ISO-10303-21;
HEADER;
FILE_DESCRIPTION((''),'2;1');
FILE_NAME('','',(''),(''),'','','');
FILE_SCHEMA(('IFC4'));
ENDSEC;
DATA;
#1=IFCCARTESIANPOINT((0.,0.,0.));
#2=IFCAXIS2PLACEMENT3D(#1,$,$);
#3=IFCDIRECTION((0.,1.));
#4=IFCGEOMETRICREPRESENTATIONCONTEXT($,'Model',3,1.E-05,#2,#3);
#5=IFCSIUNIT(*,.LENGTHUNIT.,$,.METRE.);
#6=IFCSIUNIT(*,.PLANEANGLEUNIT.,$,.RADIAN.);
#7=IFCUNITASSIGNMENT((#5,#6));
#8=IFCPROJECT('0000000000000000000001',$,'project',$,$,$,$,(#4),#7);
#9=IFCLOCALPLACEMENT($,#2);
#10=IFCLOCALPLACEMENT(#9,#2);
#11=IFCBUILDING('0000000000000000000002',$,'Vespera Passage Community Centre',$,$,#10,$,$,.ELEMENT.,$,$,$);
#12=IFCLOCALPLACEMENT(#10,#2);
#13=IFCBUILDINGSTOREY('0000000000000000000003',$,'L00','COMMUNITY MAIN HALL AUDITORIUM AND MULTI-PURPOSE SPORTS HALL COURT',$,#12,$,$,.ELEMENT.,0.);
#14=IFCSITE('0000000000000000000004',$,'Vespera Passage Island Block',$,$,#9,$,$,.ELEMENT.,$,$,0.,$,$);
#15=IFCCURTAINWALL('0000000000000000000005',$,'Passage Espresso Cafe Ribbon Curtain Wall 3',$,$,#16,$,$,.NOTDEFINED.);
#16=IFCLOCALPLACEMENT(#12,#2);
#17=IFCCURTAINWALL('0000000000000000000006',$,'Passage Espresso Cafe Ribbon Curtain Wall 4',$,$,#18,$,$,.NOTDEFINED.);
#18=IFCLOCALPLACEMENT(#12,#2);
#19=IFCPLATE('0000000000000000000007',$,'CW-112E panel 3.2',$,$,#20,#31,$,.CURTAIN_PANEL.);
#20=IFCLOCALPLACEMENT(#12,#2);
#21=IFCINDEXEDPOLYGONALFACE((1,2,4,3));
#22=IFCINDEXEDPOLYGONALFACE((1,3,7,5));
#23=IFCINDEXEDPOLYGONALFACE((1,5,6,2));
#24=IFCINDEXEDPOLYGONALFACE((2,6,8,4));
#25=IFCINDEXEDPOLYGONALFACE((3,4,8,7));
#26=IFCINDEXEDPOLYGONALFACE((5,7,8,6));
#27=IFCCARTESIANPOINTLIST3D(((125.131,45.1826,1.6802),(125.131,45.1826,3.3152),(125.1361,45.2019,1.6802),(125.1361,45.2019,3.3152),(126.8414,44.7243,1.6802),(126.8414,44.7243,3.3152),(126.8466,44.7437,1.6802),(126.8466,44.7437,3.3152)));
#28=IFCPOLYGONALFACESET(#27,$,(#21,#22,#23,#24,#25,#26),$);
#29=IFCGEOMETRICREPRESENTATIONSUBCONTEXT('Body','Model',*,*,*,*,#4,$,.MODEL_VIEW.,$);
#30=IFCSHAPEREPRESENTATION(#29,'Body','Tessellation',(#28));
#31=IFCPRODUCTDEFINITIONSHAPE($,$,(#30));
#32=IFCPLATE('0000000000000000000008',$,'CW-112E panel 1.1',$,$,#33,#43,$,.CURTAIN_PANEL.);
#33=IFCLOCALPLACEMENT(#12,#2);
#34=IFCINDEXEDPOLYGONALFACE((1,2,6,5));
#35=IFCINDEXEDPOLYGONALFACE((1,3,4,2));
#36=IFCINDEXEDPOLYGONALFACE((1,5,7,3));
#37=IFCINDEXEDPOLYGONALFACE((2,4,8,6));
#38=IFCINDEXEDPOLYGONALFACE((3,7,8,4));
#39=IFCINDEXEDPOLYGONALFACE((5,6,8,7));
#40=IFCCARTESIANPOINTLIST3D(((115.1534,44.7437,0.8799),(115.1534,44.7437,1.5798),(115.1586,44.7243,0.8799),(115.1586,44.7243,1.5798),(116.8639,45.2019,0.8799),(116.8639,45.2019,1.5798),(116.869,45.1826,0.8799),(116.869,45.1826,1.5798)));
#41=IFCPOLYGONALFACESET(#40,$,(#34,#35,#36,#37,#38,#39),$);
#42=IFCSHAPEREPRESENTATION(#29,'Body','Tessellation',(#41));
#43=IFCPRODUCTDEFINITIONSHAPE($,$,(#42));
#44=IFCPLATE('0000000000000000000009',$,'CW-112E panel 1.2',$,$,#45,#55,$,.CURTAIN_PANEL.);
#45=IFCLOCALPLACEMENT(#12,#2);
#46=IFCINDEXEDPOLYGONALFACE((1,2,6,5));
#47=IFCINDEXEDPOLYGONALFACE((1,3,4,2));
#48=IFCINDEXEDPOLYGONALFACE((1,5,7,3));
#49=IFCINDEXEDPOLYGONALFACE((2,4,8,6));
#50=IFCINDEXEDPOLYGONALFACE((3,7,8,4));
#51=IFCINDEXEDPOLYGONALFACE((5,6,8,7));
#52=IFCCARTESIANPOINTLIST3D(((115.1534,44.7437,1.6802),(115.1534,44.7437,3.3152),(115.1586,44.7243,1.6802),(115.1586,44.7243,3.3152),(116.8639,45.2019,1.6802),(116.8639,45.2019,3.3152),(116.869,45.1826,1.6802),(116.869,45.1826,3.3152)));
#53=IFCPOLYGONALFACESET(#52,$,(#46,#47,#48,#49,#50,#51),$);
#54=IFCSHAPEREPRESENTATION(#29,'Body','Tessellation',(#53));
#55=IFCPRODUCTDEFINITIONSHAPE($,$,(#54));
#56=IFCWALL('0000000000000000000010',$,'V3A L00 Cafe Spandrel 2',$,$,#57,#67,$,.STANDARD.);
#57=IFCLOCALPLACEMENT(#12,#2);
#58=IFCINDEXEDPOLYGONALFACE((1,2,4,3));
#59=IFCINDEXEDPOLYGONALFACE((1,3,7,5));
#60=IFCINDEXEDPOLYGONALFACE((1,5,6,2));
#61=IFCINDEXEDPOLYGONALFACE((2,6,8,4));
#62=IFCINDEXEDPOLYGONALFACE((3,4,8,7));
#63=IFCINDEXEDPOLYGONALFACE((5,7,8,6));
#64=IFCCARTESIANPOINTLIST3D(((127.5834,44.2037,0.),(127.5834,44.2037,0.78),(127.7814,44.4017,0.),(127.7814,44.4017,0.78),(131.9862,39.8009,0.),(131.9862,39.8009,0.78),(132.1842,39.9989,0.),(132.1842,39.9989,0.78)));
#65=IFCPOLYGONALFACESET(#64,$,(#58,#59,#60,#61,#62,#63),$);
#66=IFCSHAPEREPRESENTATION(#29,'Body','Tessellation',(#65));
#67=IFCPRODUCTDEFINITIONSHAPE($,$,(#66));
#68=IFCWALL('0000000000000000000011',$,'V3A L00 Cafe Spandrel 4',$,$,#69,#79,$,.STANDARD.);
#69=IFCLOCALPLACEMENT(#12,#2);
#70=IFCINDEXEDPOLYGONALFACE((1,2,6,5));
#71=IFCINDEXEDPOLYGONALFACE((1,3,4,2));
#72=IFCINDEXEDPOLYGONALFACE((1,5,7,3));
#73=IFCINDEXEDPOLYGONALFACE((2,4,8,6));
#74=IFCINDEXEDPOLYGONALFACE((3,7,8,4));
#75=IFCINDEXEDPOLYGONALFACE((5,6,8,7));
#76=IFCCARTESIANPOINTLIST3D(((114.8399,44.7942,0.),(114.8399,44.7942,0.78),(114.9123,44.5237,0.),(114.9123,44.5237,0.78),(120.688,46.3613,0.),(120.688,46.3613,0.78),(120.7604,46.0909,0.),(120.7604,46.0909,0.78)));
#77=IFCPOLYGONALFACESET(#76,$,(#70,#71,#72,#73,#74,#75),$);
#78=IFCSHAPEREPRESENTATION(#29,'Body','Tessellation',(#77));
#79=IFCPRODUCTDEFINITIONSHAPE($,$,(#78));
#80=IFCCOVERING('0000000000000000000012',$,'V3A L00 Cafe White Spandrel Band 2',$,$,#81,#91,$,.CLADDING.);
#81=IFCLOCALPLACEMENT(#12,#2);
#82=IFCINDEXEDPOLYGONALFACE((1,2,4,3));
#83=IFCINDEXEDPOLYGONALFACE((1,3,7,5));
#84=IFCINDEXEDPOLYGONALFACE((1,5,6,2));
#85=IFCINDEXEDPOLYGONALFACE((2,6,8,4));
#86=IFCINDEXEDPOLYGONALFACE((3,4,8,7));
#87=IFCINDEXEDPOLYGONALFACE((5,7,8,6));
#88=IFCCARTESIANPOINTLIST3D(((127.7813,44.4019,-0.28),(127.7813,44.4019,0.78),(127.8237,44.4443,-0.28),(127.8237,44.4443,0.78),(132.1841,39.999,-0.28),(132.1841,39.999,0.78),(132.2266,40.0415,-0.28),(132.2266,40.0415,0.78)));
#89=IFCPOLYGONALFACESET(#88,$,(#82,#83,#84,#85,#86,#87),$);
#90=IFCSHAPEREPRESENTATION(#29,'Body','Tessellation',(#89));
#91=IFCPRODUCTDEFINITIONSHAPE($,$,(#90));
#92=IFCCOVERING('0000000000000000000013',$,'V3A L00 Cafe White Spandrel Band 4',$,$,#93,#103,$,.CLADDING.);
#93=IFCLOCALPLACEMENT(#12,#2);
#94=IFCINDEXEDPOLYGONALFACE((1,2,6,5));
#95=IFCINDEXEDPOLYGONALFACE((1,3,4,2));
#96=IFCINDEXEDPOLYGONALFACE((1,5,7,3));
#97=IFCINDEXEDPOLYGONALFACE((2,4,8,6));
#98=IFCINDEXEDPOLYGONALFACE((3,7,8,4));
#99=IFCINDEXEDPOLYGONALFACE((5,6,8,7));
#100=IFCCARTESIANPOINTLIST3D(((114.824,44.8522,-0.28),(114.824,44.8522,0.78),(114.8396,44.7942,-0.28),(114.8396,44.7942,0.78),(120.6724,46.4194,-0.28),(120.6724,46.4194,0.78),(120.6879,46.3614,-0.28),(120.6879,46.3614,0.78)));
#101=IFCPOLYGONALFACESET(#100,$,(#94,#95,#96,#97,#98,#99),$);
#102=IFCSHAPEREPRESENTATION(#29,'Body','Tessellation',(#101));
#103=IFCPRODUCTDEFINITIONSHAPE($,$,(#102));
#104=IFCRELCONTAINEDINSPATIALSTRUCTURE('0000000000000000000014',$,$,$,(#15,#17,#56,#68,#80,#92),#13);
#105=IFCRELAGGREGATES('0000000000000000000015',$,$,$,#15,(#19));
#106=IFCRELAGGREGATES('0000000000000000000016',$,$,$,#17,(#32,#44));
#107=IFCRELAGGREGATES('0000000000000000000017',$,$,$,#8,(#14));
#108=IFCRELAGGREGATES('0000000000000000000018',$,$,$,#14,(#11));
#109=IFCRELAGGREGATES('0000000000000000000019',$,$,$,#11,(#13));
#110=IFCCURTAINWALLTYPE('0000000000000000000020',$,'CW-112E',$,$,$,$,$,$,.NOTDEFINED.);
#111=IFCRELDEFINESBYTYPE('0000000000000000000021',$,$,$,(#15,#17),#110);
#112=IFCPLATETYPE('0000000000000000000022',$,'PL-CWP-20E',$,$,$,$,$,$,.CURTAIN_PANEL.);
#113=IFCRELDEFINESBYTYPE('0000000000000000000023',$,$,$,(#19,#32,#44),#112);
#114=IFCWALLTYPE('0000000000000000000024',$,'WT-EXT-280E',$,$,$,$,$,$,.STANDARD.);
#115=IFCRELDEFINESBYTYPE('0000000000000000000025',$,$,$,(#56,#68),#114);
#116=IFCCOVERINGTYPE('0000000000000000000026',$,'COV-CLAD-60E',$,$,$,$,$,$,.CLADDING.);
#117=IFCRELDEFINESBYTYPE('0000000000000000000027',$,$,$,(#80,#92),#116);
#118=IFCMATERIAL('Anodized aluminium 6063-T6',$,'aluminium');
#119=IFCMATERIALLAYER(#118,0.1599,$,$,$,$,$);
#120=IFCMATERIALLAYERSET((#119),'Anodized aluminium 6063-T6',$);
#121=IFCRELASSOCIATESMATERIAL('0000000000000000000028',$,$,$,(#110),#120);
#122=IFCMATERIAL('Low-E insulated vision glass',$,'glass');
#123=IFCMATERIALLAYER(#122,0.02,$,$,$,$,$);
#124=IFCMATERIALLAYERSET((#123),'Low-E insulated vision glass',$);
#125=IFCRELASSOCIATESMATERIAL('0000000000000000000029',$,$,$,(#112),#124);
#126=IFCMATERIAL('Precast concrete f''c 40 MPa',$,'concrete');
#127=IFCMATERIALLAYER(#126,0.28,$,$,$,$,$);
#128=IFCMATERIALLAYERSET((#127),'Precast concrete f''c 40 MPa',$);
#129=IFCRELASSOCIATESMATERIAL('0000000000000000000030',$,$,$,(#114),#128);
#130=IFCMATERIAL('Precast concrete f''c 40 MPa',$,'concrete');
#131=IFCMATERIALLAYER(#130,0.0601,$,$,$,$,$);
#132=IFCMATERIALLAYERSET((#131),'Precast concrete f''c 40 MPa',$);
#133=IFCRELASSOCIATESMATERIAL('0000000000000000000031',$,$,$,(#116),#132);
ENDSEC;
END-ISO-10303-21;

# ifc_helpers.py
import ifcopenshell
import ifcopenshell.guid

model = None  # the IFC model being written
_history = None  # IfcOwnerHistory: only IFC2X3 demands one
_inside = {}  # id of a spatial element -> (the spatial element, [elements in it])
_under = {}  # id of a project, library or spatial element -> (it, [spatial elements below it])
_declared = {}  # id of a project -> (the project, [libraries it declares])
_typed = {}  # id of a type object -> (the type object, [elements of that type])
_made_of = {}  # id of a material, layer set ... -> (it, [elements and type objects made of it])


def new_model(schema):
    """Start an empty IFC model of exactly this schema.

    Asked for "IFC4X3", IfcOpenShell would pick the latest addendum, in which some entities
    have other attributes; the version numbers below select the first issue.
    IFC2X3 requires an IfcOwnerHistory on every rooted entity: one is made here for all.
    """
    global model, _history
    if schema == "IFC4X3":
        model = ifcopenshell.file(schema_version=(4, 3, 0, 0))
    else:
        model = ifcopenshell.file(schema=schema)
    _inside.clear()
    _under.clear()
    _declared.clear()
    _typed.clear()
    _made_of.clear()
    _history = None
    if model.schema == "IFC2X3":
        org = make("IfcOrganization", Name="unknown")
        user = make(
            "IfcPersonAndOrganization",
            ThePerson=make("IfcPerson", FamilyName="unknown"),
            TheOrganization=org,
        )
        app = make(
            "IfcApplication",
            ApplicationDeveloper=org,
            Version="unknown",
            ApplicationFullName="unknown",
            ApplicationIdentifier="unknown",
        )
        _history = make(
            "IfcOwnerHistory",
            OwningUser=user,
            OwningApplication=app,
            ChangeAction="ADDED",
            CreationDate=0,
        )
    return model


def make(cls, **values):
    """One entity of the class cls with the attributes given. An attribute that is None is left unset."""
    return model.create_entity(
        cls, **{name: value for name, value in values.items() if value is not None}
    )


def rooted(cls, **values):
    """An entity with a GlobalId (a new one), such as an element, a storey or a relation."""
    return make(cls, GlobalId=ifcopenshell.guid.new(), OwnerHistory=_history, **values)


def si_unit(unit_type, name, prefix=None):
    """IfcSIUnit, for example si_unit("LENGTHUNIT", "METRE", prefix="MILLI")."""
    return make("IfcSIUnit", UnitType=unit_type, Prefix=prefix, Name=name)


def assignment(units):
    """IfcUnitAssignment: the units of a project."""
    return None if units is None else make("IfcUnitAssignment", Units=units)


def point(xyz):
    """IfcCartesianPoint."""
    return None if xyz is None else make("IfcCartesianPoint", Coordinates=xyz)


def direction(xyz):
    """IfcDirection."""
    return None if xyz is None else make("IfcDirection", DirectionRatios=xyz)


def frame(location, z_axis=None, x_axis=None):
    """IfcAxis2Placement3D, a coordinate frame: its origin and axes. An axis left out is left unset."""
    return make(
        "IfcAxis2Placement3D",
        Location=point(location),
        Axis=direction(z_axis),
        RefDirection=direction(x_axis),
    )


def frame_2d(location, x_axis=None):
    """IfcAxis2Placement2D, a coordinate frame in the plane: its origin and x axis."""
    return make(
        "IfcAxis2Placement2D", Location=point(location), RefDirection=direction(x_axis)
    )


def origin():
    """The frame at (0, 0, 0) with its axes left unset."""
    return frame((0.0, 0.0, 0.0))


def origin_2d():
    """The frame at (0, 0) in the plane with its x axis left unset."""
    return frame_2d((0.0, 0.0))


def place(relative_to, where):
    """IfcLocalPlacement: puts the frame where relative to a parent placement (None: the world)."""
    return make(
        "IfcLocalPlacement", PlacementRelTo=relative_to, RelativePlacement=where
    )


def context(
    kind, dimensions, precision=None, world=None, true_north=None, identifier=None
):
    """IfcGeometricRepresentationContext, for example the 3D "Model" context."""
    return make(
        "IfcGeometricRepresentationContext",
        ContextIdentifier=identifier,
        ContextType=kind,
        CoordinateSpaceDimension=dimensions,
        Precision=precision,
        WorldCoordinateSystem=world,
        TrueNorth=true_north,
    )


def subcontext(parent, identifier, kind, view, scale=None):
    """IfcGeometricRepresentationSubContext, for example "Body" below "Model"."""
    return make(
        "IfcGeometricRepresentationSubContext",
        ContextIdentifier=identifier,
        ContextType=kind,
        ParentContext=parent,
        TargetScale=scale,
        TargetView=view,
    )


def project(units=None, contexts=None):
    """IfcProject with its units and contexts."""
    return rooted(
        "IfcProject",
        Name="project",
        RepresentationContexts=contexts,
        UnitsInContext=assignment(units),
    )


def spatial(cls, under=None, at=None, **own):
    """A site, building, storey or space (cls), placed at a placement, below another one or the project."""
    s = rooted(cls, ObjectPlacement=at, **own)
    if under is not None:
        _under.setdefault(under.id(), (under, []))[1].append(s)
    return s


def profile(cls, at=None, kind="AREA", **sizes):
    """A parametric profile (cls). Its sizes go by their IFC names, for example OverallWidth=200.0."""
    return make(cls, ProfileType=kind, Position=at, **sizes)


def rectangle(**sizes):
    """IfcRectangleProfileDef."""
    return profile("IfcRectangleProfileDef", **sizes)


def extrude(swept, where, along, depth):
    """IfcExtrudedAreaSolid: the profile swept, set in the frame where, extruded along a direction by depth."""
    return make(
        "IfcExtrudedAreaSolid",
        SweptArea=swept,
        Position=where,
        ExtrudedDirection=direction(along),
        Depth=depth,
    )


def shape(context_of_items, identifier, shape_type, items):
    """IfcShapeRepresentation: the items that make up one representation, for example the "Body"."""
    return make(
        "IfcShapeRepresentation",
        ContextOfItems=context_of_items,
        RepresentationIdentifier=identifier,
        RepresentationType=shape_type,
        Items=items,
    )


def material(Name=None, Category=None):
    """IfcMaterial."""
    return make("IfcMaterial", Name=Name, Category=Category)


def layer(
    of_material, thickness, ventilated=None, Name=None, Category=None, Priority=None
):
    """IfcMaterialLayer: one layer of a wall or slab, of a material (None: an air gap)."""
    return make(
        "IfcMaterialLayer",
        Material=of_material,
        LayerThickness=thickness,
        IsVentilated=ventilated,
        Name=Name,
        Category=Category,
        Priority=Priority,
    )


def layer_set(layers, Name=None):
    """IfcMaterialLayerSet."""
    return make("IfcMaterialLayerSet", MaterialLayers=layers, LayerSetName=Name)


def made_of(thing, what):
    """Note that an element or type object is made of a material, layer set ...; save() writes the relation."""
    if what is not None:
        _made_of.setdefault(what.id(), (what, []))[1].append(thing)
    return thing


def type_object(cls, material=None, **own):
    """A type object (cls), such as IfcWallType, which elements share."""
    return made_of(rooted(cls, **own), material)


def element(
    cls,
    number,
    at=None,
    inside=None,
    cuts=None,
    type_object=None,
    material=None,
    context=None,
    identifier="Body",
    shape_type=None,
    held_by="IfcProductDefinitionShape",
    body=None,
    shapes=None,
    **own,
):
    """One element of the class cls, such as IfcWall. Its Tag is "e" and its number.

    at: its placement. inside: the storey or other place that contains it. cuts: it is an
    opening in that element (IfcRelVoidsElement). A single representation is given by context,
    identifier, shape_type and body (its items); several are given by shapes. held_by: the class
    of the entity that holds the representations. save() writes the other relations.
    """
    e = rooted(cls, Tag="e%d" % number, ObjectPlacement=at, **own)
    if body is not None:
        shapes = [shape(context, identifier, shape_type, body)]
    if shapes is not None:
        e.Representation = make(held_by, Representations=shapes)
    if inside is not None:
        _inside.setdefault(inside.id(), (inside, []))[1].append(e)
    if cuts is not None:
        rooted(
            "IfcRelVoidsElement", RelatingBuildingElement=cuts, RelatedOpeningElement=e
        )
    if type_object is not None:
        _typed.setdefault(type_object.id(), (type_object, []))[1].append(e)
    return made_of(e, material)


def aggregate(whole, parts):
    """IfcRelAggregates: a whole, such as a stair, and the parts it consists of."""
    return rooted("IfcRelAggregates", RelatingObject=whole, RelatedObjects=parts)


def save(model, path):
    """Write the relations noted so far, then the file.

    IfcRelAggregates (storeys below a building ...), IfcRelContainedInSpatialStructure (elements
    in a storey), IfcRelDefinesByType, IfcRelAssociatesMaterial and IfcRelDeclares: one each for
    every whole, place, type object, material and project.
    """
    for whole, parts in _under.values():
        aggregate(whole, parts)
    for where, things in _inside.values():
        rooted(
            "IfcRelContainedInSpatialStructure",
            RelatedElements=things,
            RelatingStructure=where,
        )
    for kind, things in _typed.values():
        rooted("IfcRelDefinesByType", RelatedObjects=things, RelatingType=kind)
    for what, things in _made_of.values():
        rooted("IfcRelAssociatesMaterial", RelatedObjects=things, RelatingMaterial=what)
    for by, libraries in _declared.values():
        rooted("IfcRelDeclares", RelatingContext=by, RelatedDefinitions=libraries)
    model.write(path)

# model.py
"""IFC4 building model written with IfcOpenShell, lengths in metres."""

from ifc_helpers import new_model, si_unit, direction, frame, frame_2d, origin, origin_2d, place, context, subcontext, project, spatial, rectangle, extrude, material, layer, layer_set, type_object, element, aggregate, save


model = new_model("IFC4")

# Units and contexts
model_context = context("Model", 3, precision=1e-05, world=origin(), true_north=direction((0.0, 1.0)))
body_context = subcontext(model_context, "Body", "Model", "MODEL_VIEW")
ifc_project = project(units=[si_unit("LENGTHUNIT", "METRE"), si_unit("PLANEANGLEUNIT", "RADIAN")], contexts=[model_context])

# Site, building, storey
site_placement = place(None, origin())
site = spatial("IfcSite", under=ifc_project, at=site_placement, Name="Vespera Passage Island Block", CompositionType="ELEMENT", RefElevation=0.0)
building_placement = place(site_placement, origin())
building = spatial("IfcBuilding", under=site, at=building_placement, Name="Vespera Passage Community Centre", CompositionType="ELEMENT")
storey_placement = place(building_placement, origin())
storey = spatial("IfcBuildingStorey", under=building, at=storey_placement, Name="L00", Description="COMMUNITY MAIN HALL AUDITORIUM AND MULTI-PURPOSE SPORTS HALL COURT", CompositionType="ELEMENT", Elevation=0.0)

# Curtain walls
ifc_material_1 = material(Name="Anodized aluminium 6063-T6", Category="aluminium")
ifc_layer_1 = layer(ifc_material_1, 0.1599)
ifc_layer_set_1 = layer_set([ifc_layer_1], Name="Anodized aluminium 6063-T6")
curtain_wall_type_1 = type_object("IfcCurtainWallType", Name="CW-112E", PredefinedType="NOTDEFINED", material=ifc_layer_set_1)
curtain_wall_1_placement = place(storey_placement, origin())
curtain_wall_1 = element("IfcCurtainWall", 1, at=curtain_wall_1_placement, inside=storey, type_object=curtain_wall_type_1, Name="Passage Espresso Cafe Ribbon Curtain Wall 3", PredefinedType="NOTDEFINED")
curtain_wall_2_placement = place(storey_placement, origin())
curtain_wall_2 = element("IfcCurtainWall", 2, at=curtain_wall_2_placement, inside=storey, type_object=curtain_wall_type_1, Name="Passage Espresso Cafe Ribbon Curtain Wall 4", PredefinedType="NOTDEFINED")

# Plates
ifc_material_2 = material(Name="Low-E insulated vision glass", Category="glass")
ifc_layer_2 = layer(ifc_material_2, 0.02)
ifc_layer_set_2 = layer_set([ifc_layer_2], Name="Low-E insulated vision glass")
plate_type = type_object("IfcPlateType", Name="PL-CWP-20E", PredefinedType="CURTAIN_PANEL", material=ifc_layer_set_2)
plate_1_placement = place(storey_placement, frame((125.9888, 44.9631, 1.6802), z_axis=(0.0, 0.0, 1.0), x_axis=(0.965929, -0.258807, 0.0)))
plate_1 = element("IfcPlate", 3, at=plate_1_placement, type_object=plate_type, Name="CW-112E panel 3.2", PredefinedType="CURTAIN_PANEL", context=body_context, shape_type="SweptSolid", body=[
    extrude(rectangle(XDim=1.7708, YDim=0.02, at=origin_2d()), origin(), (0.0, 0.0, 1.0), 1.635),
])
aggregate(curtain_wall_1, [plate_1])
plate_2_placement = place(storey_placement, frame((116.0112, 44.9631, 0.8799), z_axis=(0.0, 0.0, 1.0), x_axis=(0.965929, 0.258807, 0.0)))
plate_2 = element("IfcPlate", 4, at=plate_2_placement, type_object=plate_type, Name="CW-112E panel 1.1", PredefinedType="CURTAIN_PANEL", context=body_context, shape_type="SweptSolid", body=[
    extrude(rectangle(XDim=1.7708, YDim=0.02, at=origin_2d()), origin(), (0.0, 0.0, 1.0), 0.7),
])
plate_3_placement = place(storey_placement, frame((116.0112, 44.9631, 1.6802), z_axis=(0.0, 0.0, 1.0), x_axis=(0.965929, 0.258807, 0.0)))
plate_3 = element("IfcPlate", 5, at=plate_3_placement, type_object=plate_type, Name="CW-112E panel 1.2", PredefinedType="CURTAIN_PANEL", context=body_context, shape_type="SweptSolid", body=[
    extrude(rectangle(XDim=1.7708, YDim=0.02, at=origin_2d()), origin(), (0.0, 0.0, 1.0), 1.635),
])
aggregate(curtain_wall_2, [plate_2, plate_3])

# Walls
ifc_material_3 = material(Name="Precast concrete f'c 40 MPa", Category="concrete")
ifc_layer_3 = layer(ifc_material_3, 0.28)
ifc_layer_set_3 = layer_set([ifc_layer_3], Name="Precast concrete f'c 40 MPa")
wall_type = type_object("IfcWallType", Name="WT-EXT-280E", PredefinedType="STANDARD", material=ifc_layer_set_3)
wall_1_placement = place(storey_placement, frame((127.6824, 44.3027, 0.0), z_axis=(0.0, 0.0, 1.0), x_axis=(0.707107, -0.707107, 0.0)))
element("IfcWall", 6, at=wall_1_placement, inside=storey, type_object=wall_type, Name="V3A L00 Cafe Spandrel 2", PredefinedType="STANDARD", context=body_context, shape_type="SweptSolid", body=[
    extrude(rectangle(XDim=6.2266, YDim=0.28, at=frame_2d((3.1133, 0.0))), origin(), (0.0, 0.0, 1.0), 0.78),
])
wall_2_placement = place(storey_placement, frame((114.876, 44.6589, 0.0), z_axis=(0.0, 0.0, 1.0), x_axis=(0.96592, 0.25884, 0.0)))
element("IfcWall", 7, at=wall_2_placement, inside=storey, type_object=wall_type, Name="V3A L00 Cafe Spandrel 4", PredefinedType="STANDARD", context=body_context, shape_type="SweptSolid", body=[
    extrude(rectangle(XDim=6.0544, YDim=0.28, at=frame_2d((3.0273, 0.0))), origin(), (0.0, 0.0, 1.0), 0.78),
])

# Coverings
ifc_material_4 = material(Name="Precast concrete f'c 40 MPa", Category="concrete")
ifc_layer_4 = layer(ifc_material_4, 0.0601)
ifc_layer_set_4 = layer_set([ifc_layer_4], Name="Precast concrete f'c 40 MPa")
covering_type = type_object("IfcCoveringType", Name="COV-CLAD-60E", PredefinedType="CLADDING", material=ifc_layer_set_4)
covering_1_placement = place(storey_placement, frame((127.8025, 44.4231, -0.28), z_axis=(0.0, 0.0, 1.0), x_axis=(0.707107, -0.707107, 0.0)))
element("IfcCovering", 8, at=covering_1_placement, inside=storey, type_object=covering_type, Name="V3A L00 Cafe White Spandrel Band 2", PredefinedType="CLADDING", context=body_context, shape_type="SweptSolid", body=[
    extrude(rectangle(XDim=6.2266, YDim=0.0601, at=frame_2d((3.1133, 0.0))), origin(), (0.0, 0.0, 1.0), 1.0601),
])
covering_2_placement = place(storey_placement, frame((114.8318, 44.8232, -0.28), z_axis=(0.0, 0.0, 1.0), x_axis=(0.965923, 0.258829, 0.0)))
element("IfcCovering", 9, at=covering_2_placement, inside=storey, type_object=covering_type, Name="V3A L00 Cafe White Spandrel Band 4", PredefinedType="CLADDING", context=body_context, shape_type="SweptSolid", body=[
    extrude(rectangle(XDim=6.0547, YDim=0.0601, at=frame_2d((3.0273, 0.0))), origin(), (0.0, 0.0, 1.0), 1.0601),
])

save(model, "model.ifc")
